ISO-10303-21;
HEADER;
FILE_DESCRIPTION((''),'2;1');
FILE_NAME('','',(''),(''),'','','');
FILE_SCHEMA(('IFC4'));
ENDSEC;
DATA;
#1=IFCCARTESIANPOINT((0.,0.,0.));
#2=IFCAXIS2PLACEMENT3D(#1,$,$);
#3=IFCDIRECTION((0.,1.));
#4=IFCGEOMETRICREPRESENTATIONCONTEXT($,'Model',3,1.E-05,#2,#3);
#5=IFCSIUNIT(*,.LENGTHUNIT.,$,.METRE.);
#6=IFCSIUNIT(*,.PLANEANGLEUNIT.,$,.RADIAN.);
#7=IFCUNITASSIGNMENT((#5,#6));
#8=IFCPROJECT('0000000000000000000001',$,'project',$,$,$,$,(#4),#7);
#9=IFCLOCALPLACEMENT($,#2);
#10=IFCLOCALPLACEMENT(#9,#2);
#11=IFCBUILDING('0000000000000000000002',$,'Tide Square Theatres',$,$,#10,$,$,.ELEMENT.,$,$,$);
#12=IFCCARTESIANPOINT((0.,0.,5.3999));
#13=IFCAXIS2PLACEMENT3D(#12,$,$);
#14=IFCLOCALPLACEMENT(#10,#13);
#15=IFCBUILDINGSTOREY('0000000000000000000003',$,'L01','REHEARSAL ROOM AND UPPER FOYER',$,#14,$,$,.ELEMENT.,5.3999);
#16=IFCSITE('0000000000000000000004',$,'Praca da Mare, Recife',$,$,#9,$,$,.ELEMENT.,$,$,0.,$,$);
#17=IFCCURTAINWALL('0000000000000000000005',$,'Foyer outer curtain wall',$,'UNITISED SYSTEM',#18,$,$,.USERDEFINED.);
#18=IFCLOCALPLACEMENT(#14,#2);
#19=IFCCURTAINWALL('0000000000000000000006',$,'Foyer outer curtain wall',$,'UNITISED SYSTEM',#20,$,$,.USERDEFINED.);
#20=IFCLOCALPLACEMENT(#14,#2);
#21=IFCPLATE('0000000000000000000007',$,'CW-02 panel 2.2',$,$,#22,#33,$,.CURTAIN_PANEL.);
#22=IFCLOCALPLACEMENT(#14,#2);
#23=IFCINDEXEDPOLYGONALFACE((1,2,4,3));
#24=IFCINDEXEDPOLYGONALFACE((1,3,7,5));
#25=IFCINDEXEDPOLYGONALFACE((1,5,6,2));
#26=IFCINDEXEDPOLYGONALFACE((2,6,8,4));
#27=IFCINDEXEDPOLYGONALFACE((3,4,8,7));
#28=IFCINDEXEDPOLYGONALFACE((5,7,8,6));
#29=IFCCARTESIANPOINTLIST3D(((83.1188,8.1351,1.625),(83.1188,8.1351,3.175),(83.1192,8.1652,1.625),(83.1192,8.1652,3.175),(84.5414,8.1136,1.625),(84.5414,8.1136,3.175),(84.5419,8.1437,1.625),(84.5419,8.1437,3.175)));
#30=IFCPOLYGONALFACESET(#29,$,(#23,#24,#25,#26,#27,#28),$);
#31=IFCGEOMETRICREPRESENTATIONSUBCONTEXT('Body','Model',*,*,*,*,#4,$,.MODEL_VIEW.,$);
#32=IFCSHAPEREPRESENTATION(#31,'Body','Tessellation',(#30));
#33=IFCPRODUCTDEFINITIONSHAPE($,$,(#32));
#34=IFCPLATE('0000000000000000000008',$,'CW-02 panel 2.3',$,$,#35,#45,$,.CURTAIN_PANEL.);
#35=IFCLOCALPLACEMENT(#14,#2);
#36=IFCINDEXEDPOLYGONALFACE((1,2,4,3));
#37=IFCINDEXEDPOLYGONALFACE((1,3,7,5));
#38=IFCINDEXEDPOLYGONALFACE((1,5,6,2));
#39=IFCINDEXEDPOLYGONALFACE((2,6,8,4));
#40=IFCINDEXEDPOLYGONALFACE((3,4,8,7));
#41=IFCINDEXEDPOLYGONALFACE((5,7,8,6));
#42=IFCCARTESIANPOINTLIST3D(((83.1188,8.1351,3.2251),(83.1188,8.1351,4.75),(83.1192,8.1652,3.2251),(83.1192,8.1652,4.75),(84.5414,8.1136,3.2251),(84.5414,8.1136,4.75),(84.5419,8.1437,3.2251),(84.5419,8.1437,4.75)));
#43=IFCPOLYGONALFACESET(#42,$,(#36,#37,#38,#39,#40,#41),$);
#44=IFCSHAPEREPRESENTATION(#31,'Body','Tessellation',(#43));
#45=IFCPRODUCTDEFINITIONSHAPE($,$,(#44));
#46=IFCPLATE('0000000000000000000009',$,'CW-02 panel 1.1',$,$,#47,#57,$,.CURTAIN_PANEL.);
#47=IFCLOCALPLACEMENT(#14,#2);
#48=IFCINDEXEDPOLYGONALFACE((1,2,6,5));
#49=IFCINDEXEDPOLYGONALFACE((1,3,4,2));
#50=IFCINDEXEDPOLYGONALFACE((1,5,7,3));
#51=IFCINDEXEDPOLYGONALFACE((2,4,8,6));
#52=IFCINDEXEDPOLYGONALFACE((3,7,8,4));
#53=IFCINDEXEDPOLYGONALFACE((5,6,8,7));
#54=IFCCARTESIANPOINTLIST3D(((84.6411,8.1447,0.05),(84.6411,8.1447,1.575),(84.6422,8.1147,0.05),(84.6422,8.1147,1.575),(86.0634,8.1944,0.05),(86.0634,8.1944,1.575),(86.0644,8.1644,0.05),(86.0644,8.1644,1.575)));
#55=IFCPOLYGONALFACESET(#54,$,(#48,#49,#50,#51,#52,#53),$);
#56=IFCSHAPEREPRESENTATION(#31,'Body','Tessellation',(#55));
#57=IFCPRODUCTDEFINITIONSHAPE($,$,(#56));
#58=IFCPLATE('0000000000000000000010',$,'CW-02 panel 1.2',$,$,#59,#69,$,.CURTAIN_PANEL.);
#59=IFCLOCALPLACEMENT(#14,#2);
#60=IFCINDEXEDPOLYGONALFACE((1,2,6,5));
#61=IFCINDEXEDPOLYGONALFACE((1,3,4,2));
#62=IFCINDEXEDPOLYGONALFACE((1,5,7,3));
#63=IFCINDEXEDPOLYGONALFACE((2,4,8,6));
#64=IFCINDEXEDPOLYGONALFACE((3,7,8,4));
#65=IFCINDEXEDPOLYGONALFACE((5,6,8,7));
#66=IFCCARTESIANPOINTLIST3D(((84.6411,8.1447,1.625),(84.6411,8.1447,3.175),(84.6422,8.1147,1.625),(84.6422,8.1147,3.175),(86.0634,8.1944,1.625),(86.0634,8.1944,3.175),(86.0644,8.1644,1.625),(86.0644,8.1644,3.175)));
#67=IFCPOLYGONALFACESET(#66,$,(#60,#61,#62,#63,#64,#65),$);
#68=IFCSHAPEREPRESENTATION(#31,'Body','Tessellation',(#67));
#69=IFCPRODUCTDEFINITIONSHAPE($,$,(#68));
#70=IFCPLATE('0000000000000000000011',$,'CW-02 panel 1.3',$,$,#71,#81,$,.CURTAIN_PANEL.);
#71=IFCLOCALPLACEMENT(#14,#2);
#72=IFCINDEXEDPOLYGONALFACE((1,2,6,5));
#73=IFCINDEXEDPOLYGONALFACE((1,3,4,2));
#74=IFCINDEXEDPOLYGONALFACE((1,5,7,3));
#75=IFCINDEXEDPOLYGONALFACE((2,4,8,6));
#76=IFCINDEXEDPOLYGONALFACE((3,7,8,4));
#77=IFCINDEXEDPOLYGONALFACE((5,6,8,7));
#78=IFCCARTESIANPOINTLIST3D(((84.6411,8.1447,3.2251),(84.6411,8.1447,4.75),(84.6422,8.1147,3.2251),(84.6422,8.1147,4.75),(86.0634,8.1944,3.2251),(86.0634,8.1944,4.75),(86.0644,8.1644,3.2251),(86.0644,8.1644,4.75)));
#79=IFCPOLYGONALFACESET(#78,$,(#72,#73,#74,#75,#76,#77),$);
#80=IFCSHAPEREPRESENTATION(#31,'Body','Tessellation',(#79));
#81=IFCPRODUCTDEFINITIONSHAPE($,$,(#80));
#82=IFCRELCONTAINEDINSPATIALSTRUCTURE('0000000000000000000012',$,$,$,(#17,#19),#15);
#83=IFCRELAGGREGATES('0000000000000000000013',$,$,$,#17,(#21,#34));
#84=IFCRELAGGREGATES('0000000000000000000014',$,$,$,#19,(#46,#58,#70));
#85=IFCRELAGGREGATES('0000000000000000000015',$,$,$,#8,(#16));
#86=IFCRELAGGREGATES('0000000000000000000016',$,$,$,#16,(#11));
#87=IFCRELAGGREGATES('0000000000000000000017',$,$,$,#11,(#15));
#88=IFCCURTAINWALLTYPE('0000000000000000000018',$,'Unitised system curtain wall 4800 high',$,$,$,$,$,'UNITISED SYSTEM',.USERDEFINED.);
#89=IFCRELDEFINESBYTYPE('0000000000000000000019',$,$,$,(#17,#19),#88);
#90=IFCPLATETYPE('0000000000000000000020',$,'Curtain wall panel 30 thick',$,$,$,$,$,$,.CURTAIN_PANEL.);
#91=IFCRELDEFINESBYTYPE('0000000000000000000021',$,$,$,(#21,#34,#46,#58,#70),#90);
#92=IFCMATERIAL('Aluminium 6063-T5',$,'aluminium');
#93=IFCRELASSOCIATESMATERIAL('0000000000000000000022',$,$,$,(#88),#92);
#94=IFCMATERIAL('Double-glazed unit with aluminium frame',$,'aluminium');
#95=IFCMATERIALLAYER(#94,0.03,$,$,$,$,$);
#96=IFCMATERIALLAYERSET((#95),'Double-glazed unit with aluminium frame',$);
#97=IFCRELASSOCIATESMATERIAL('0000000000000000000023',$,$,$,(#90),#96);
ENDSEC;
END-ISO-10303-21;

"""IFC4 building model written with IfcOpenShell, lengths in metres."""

from ifc_helpers import new_model, si_unit, direction, frame, origin, origin_2d, place, context, subcontext, project, spatial, rectangle, extrude, material, layer, layer_set, type_object, element, aggregate, save


model = new_model("IFC4")

# Units and contexts
model_context = context("Model", 3, precision=1e-05, world=origin(), true_north=direction((0.0, 1.0)))
body_context = subcontext(model_context, "Body", "Model", "MODEL_VIEW")
ifc_project = project(units=[si_unit("LENGTHUNIT", "METRE"), si_unit("PLANEANGLEUNIT", "RADIAN")], contexts=[model_context])

# Site, building, storey
site_placement = place(None, origin())
site = spatial("IfcSite", under=ifc_project, at=site_placement, Name="Praca da Mare, Recife", CompositionType="ELEMENT", RefElevation=0.0)
building_placement = place(site_placement, origin())
building = spatial("IfcBuilding", under=site, at=building_placement, Name="Tide Square Theatres", CompositionType="ELEMENT")
storey_placement = place(building_placement, frame((0.0, 0.0, 5.3999)))
storey = spatial("IfcBuildingStorey", under=building, at=storey_placement, Name="L01", Description="REHEARSAL ROOM AND UPPER FOYER", CompositionType="ELEMENT", Elevation=5.3999)

# Curtain wall
ifc_material_1 = material(Name="Aluminium 6063-T5", Category="aluminium")
curtain_wall_type = type_object("IfcCurtainWallType", Name="Unitised system curtain wall 4800 high", ElementType="UNITISED SYSTEM", PredefinedType="USERDEFINED", material=ifc_material_1)
curtain_wall_1_placement = place(storey_placement, origin())
curtain_wall_1 = element("IfcCurtainWall", 1, at=curtain_wall_1_placement, inside=storey, type_object=curtain_wall_type, Name="Foyer outer curtain wall", ObjectType="UNITISED SYSTEM", PredefinedType="USERDEFINED")

# Curtain wall
curtain_wall_2_placement = place(storey_placement, origin())
curtain_wall_2 = element("IfcCurtainWall", 2, at=curtain_wall_2_placement, inside=storey, type_object=curtain_wall_type, Name="Foyer outer curtain wall", ObjectType="UNITISED SYSTEM", PredefinedType="USERDEFINED")

# Plates
ifc_material_2 = material(Name="Double-glazed unit with aluminium frame", Category="aluminium")
ifc_layer = layer(ifc_material_2, 0.03)
ifc_layer_set = layer_set([ifc_layer], Name="Double-glazed unit with aluminium frame")
plate_type = type_object("IfcPlateType", Name="Curtain wall panel 30 thick", PredefinedType="CURTAIN_PANEL", material=ifc_layer_set)
plate_1_placement = place(storey_placement, frame((83.8303, 8.1394, 1.625), z_axis=(0.0, 0.0, 1.0), x_axis=(0.999886, -0.01512, 0.0)))
plate_1 = element("IfcPlate", 3, at=plate_1_placement, type_object=plate_type, Name="CW-02 panel 2.2", PredefinedType="CURTAIN_PANEL", context=body_context, shape_type="SweptSolid", body=[
    extrude(rectangle(XDim=1.4229, YDim=0.03, at=origin_2d()), origin(), (0.0, 0.0, 1.0), 1.55),
])
plate_2_placement = place(storey_placement, frame((83.8303, 8.1394, 3.2251), z_axis=(0.0, 0.0, 1.0), x_axis=(0.999886, -0.01512, 0.0)))
plate_2 = element("IfcPlate", 4, at=plate_2_placement, type_object=plate_type, Name="CW-02 panel 2.3", PredefinedType="CURTAIN_PANEL", context=body_context, shape_type="SweptSolid", body=[
    extrude(rectangle(XDim=1.4229, YDim=0.03, at=origin_2d()), origin(), (0.0, 0.0, 1.0), 1.5249),
])
aggregate(curtain_wall_1, [plate_1, plate_2])
plate_3_placement = place(storey_placement, frame((85.3528, 8.1545, 0.05), z_axis=(0.0, 0.0, 1.0), x_axis=(0.999392, 0.03488, 0.0)))
plate_3 = element("IfcPlate", 5, at=plate_3_placement, type_object=plate_type, Name="CW-02 panel 1.1", PredefinedType="CURTAIN_PANEL", context=body_context, shape_type="SweptSolid", body=[
    extrude(rectangle(XDim=1.4231, YDim=0.03, at=origin_2d()), origin(), (0.0, 0.0, 1.0), 1.5249),
])
plate_4_placement = place(storey_placement, frame((85.3528, 8.1545, 1.625), z_axis=(0.0, 0.0, 1.0), x_axis=(0.999392, 0.03488, 0.0)))
plate_4 = element("IfcPlate", 6, at=plate_4_placement, type_object=plate_type, Name="CW-02 panel 1.2", PredefinedType="CURTAIN_PANEL", context=body_context, shape_type="SweptSolid", body=[
    extrude(rectangle(XDim=1.4231, YDim=0.03, at=origin_2d()), origin(), (0.0, 0.0, 1.0), 1.55),
])
plate_5_placement = place(storey_placement, frame((85.3528, 8.1545, 3.2251), z_axis=(0.0, 0.0, 1.0), x_axis=(0.999392, 0.03488, 0.0)))
plate_5 = element("IfcPlate", 7, at=plate_5_placement, type_object=plate_type, Name="CW-02 panel 1.3", PredefinedType="CURTAIN_PANEL", context=body_context, shape_type="SweptSolid", body=[
    extrude(rectangle(XDim=1.4231, YDim=0.03, at=origin_2d()), origin(), (0.0, 0.0, 1.0), 1.5249),
])
aggregate(curtain_wall_2, [plate_3, plate_4, plate_5])

save(model, "model.ifc")
